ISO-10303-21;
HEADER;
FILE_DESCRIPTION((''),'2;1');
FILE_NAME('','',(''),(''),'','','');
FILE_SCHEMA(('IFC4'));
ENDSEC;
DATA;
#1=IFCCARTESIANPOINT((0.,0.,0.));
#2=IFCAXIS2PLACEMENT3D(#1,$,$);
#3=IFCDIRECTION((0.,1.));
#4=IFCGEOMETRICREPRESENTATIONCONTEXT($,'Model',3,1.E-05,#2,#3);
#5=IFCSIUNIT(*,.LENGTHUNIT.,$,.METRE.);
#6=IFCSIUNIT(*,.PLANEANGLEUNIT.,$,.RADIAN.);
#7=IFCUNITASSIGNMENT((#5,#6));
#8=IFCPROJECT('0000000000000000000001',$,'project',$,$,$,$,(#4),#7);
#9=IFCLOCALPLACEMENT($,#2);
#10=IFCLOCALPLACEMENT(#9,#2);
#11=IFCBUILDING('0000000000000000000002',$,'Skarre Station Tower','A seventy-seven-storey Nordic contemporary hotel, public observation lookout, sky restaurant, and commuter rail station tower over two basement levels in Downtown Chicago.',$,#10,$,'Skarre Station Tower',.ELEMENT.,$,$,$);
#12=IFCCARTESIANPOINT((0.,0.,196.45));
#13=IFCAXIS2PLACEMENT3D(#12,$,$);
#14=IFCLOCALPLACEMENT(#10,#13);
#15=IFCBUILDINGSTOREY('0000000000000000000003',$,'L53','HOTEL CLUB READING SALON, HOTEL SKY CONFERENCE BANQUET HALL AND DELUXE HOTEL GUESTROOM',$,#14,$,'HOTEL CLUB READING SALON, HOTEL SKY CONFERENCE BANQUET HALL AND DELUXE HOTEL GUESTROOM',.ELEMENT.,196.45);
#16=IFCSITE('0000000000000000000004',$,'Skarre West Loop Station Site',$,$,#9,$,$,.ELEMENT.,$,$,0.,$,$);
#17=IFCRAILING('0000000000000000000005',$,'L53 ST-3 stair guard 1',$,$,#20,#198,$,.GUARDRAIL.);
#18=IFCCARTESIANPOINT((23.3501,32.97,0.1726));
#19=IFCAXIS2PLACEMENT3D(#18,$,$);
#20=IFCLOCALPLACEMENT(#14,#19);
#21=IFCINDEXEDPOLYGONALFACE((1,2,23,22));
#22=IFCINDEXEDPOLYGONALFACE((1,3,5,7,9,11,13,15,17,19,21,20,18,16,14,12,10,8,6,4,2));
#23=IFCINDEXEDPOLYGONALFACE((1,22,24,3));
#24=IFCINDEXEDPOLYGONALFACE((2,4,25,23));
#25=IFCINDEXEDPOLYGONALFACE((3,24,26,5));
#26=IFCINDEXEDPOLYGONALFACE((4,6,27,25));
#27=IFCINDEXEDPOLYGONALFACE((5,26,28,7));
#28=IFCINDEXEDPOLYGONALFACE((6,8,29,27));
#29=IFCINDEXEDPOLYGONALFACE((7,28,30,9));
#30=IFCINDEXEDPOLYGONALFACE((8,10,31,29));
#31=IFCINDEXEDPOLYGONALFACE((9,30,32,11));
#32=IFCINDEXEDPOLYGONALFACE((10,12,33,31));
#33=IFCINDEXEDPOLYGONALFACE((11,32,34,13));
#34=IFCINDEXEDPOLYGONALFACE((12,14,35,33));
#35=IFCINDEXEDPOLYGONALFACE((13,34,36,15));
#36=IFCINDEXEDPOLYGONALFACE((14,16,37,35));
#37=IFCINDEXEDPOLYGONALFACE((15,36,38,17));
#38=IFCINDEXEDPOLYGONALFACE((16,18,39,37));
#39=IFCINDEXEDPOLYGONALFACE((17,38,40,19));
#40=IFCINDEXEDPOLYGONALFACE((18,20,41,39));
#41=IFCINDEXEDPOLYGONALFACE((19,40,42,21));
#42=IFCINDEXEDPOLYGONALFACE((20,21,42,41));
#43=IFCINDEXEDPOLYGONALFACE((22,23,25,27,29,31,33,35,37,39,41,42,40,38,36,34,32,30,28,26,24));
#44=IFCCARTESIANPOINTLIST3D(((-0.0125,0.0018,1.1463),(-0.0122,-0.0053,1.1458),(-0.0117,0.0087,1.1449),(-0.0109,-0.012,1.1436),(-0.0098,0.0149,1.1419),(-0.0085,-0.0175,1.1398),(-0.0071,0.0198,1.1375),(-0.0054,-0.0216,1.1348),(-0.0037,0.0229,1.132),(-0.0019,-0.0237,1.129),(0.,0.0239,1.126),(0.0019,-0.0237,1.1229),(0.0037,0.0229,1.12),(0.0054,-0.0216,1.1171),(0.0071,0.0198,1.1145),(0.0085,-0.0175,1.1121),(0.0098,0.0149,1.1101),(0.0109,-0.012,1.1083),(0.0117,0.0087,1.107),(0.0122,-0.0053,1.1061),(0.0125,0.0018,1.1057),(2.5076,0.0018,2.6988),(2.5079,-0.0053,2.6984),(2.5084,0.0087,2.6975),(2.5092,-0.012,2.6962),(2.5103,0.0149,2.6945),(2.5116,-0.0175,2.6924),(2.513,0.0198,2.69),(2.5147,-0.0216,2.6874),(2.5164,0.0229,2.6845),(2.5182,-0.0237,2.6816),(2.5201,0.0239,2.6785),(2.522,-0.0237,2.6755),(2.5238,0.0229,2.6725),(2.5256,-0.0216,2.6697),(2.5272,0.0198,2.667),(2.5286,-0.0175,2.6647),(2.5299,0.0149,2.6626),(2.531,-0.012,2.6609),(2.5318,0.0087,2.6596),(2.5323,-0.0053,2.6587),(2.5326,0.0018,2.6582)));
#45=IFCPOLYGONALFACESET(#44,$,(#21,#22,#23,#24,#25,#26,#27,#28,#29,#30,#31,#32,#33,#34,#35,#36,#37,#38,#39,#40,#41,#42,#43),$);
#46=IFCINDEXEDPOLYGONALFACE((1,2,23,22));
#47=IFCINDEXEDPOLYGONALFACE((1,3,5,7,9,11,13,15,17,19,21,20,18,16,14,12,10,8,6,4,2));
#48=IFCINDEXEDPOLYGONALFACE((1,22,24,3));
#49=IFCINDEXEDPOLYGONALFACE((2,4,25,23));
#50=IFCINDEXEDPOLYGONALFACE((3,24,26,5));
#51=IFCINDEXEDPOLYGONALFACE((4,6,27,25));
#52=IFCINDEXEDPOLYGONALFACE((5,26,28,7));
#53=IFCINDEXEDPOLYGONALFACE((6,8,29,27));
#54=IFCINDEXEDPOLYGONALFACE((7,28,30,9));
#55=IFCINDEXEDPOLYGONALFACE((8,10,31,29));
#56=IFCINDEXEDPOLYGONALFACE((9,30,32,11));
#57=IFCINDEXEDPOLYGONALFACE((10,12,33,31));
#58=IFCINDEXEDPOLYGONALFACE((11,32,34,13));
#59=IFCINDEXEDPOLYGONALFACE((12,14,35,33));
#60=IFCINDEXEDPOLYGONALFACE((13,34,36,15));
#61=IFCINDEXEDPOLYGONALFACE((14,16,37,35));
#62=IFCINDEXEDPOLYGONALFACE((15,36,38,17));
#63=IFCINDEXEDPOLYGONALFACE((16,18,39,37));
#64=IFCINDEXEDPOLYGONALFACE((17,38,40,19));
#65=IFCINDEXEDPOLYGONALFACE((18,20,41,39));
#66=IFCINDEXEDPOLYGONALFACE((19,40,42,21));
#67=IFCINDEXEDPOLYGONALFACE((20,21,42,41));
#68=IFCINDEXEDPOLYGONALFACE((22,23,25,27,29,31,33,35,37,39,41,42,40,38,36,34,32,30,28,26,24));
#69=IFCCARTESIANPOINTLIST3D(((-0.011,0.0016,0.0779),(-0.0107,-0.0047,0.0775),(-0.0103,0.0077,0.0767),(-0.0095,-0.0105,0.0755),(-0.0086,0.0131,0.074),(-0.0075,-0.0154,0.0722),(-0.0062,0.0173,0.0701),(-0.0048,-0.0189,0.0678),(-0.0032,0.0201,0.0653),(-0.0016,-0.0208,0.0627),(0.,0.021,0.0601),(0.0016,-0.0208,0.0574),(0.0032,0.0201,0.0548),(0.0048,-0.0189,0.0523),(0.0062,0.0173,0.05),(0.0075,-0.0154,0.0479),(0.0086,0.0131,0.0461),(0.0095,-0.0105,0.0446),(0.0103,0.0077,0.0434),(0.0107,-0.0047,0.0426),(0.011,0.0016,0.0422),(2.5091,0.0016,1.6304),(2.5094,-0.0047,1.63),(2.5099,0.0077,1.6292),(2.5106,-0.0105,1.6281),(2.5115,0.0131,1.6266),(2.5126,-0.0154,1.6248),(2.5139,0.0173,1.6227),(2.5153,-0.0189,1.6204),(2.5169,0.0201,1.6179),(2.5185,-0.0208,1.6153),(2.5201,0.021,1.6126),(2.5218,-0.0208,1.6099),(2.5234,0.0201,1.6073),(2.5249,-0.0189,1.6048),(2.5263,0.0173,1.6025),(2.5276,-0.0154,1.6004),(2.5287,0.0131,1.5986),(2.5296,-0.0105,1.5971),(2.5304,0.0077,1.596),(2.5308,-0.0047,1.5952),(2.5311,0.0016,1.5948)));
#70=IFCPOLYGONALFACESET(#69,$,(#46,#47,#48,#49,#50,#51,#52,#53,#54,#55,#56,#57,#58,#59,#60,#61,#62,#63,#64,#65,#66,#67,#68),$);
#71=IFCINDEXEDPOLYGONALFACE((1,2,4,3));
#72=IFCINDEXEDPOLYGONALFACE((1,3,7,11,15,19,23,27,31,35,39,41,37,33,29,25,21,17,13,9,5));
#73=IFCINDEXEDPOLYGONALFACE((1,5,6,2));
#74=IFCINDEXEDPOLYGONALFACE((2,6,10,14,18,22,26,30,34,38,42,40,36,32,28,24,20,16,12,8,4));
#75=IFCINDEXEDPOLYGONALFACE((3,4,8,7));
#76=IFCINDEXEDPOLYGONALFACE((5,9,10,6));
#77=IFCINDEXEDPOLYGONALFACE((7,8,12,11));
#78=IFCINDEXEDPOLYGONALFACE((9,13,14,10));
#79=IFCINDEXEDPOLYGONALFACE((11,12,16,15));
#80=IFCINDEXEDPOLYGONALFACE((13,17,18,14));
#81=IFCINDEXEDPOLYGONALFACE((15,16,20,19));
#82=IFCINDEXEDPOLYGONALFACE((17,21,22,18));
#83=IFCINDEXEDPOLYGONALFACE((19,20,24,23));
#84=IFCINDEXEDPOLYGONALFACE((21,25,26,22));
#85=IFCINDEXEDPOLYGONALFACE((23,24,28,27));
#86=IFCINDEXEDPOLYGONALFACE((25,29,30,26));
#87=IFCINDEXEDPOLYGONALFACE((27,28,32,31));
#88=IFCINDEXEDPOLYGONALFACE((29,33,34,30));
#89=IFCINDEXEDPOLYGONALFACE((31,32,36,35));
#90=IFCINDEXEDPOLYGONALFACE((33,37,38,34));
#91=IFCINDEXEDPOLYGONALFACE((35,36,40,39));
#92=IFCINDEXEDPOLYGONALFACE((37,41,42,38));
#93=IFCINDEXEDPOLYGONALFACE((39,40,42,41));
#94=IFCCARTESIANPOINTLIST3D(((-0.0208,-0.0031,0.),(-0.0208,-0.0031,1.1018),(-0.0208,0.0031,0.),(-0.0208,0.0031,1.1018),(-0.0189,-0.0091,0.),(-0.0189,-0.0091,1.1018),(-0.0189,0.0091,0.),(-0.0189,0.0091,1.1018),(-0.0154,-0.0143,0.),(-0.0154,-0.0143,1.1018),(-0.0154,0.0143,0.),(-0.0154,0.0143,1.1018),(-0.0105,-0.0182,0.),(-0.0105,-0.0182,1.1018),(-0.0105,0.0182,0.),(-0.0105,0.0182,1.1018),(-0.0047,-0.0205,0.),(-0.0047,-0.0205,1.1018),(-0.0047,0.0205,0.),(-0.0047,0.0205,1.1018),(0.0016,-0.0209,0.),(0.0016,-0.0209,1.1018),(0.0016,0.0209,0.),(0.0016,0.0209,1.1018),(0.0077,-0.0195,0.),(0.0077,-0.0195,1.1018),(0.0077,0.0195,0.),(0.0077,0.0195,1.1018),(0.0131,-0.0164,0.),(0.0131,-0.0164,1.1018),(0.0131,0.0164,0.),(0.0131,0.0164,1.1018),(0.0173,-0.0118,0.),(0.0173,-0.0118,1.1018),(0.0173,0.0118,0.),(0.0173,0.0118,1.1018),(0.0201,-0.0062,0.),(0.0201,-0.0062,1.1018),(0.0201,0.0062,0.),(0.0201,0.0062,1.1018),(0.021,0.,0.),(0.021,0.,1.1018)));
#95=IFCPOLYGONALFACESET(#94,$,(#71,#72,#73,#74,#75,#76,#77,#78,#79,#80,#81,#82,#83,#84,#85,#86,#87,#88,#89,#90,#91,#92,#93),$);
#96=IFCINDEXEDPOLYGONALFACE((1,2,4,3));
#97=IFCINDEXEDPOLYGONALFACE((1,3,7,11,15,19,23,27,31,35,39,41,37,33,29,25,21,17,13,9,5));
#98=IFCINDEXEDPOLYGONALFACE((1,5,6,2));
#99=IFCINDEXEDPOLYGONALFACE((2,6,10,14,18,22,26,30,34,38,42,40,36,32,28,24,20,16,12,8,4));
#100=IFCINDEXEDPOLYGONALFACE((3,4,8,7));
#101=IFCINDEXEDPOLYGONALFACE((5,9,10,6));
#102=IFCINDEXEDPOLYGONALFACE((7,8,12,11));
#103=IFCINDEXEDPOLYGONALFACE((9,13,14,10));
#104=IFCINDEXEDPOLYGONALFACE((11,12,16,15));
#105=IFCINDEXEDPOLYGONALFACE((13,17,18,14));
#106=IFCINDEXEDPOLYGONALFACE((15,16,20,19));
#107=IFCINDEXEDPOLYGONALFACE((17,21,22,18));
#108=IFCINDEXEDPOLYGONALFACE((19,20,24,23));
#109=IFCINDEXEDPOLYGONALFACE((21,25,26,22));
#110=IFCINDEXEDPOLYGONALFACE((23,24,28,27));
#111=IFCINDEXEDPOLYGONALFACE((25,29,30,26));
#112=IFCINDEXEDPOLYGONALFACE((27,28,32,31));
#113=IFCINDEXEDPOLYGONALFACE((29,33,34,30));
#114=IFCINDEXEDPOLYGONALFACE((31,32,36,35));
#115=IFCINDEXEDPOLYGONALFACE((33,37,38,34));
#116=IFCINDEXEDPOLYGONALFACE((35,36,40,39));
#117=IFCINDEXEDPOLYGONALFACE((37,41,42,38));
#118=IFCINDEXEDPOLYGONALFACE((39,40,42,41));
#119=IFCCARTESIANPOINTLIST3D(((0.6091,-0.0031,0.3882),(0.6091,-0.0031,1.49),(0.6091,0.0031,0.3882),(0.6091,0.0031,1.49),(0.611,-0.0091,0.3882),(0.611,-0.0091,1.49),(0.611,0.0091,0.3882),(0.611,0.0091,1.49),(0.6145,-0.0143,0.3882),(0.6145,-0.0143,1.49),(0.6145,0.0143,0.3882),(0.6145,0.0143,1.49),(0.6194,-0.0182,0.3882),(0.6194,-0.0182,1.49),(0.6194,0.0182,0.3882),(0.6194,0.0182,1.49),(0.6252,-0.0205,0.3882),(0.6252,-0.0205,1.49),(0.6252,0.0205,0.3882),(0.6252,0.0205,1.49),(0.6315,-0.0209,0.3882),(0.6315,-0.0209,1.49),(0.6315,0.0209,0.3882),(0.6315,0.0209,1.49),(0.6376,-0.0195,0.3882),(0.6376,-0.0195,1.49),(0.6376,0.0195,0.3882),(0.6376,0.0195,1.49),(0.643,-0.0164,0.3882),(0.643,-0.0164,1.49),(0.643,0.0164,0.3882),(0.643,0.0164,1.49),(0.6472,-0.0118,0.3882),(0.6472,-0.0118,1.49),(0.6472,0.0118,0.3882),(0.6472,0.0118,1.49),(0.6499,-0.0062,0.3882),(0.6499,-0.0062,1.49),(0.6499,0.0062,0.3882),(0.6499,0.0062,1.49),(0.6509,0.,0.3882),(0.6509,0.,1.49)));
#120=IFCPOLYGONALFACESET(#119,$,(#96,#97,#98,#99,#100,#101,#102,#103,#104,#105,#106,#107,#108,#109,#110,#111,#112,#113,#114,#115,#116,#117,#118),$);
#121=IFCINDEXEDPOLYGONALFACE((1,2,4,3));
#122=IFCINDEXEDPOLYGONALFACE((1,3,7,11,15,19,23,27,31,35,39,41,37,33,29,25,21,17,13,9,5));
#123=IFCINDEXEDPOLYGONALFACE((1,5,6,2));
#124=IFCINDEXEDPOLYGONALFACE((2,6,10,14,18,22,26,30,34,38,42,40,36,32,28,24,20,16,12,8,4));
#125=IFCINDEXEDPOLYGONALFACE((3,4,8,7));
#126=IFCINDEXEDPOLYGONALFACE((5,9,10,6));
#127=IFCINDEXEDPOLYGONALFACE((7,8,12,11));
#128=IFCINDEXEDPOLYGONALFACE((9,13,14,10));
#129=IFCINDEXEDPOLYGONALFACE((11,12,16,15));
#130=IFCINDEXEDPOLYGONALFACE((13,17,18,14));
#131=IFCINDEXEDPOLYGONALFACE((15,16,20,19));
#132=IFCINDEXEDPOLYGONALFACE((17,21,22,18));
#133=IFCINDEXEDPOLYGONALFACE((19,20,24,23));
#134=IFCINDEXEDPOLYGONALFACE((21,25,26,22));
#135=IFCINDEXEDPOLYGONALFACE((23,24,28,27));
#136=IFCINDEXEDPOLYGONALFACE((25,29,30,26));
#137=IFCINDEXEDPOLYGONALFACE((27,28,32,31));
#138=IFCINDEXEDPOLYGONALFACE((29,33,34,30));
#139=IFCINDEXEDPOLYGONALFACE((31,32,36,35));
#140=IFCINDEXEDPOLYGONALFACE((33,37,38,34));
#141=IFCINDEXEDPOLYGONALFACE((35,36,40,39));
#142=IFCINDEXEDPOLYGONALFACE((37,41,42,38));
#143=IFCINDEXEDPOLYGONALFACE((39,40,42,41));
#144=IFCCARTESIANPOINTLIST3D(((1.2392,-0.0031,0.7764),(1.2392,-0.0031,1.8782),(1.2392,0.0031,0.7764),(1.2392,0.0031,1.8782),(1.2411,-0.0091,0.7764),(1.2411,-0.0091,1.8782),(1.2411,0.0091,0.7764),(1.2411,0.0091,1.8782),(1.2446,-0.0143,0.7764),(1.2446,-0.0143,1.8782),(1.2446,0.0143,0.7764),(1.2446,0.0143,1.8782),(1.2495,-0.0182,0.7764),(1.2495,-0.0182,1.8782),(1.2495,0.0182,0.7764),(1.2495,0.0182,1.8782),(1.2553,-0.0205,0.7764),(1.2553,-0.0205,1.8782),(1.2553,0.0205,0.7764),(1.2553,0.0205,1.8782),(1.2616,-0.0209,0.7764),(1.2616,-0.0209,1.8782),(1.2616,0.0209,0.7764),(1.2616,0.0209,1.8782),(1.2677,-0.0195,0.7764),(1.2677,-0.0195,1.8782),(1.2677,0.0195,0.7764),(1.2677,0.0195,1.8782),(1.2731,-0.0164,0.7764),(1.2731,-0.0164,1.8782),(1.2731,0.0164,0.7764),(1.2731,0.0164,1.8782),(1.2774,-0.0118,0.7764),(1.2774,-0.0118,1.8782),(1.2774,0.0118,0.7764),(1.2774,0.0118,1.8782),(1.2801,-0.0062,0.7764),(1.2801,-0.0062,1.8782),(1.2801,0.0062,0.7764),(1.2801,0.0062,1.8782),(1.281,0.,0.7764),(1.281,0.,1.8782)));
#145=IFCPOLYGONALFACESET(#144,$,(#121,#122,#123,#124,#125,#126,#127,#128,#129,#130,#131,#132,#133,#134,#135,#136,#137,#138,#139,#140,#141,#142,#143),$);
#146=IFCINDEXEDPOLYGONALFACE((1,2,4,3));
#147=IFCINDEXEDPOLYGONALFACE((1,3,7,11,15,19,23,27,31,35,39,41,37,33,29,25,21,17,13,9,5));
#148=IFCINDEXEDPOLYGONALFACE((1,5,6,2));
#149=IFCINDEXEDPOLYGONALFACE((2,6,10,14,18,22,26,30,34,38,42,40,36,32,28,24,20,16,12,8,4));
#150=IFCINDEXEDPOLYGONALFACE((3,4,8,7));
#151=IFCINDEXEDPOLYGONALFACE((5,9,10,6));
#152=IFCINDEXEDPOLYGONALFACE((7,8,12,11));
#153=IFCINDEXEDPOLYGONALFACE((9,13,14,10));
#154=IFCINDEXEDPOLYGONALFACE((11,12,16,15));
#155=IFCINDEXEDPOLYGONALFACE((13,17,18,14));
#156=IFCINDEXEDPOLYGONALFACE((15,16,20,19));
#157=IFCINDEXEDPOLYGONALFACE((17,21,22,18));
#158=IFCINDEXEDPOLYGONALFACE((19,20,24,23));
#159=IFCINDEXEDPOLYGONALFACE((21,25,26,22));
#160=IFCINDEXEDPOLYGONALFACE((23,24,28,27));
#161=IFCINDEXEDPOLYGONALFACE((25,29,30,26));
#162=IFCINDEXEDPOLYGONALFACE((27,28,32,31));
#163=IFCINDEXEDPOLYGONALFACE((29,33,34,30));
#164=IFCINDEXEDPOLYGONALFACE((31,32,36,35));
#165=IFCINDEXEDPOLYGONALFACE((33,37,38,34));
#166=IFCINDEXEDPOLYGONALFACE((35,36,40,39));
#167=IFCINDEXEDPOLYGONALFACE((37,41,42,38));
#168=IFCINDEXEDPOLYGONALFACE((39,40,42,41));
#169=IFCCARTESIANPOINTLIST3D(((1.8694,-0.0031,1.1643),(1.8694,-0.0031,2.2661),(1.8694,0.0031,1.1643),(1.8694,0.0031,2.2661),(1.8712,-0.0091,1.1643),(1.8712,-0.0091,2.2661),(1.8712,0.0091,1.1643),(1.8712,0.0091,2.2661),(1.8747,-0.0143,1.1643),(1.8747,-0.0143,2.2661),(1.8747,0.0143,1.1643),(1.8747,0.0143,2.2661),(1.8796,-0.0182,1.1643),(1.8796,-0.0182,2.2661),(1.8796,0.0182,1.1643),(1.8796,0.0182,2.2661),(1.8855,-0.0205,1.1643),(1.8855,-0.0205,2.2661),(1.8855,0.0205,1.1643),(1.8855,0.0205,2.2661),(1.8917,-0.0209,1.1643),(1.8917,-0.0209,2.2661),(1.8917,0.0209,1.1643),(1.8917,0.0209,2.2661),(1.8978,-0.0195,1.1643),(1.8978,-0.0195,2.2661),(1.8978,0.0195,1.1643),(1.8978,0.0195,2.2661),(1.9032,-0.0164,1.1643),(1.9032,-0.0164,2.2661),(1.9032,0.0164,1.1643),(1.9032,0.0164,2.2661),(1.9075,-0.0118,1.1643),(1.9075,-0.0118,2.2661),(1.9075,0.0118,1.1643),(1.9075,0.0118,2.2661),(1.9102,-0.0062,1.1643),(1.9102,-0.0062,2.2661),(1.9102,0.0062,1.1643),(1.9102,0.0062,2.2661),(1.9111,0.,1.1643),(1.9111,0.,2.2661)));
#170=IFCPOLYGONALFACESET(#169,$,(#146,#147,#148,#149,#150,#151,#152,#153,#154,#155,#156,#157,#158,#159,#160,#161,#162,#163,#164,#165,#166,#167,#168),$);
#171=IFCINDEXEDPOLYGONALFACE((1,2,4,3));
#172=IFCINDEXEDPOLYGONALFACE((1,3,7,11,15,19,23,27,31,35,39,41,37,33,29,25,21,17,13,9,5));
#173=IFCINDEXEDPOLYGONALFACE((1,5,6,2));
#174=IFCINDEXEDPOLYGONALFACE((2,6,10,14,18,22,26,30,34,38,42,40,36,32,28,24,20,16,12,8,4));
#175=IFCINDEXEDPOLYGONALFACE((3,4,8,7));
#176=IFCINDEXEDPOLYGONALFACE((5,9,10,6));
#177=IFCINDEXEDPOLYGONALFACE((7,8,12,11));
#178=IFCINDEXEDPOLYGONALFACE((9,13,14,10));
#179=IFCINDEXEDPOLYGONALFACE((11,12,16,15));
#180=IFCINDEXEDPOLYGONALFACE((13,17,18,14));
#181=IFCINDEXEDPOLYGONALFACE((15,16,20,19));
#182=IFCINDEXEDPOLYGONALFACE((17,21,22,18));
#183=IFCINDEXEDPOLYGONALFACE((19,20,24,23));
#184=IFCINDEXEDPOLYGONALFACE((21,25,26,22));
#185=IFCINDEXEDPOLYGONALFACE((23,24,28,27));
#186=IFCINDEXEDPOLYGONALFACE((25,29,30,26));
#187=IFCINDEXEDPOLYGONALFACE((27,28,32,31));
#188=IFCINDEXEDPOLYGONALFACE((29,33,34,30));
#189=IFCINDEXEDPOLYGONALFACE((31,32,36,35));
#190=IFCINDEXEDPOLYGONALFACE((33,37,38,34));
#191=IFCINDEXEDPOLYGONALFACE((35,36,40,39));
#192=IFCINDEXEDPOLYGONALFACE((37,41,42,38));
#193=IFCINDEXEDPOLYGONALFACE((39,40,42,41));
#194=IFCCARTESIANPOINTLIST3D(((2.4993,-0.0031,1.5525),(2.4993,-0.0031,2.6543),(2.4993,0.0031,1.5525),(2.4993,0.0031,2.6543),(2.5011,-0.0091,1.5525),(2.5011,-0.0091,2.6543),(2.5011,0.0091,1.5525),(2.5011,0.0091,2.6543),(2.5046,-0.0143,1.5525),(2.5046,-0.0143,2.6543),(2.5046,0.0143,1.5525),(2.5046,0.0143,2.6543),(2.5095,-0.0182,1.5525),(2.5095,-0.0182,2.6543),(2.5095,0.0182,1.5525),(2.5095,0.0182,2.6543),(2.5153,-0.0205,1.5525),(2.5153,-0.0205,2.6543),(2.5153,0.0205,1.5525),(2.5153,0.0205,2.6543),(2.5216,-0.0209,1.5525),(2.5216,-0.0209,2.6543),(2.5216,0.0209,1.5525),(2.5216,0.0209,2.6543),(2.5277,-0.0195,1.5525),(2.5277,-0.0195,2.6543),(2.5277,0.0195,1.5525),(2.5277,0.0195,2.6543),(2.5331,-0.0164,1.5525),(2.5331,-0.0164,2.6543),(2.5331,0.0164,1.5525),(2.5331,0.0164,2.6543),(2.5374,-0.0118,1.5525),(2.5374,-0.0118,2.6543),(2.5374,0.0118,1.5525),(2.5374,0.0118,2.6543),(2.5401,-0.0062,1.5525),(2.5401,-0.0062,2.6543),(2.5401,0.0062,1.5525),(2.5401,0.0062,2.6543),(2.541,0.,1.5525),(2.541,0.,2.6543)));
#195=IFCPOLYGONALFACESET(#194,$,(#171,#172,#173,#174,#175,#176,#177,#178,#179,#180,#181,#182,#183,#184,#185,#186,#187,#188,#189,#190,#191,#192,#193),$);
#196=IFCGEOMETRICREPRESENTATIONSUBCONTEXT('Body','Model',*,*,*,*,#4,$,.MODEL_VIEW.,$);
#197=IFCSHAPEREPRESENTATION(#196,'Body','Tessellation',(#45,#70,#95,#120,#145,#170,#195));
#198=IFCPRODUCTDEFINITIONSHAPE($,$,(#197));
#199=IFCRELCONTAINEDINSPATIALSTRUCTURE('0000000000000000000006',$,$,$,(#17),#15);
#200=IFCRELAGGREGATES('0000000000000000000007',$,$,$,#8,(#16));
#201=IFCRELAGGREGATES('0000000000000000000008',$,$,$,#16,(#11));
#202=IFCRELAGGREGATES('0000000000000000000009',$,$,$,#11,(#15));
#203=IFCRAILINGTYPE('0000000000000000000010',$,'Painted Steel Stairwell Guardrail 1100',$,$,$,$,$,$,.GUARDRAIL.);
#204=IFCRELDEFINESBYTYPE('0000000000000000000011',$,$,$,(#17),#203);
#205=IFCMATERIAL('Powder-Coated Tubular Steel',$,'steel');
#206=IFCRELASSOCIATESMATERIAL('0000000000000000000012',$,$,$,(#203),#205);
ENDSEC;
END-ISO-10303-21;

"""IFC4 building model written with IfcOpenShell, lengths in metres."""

from ifc_helpers import new_model, si_unit, direction, frame, origin, origin_2d, place, context, subcontext, project, spatial, circle, extrude, material, type_object, element, save


model = new_model("IFC4")

# Units and contexts
model_context = context("Model", 3, precision=1e-05, world=origin(), true_north=direction((0.0, 1.0)))
body_context = subcontext(model_context, "Body", "Model", "MODEL_VIEW")
ifc_project = project(units=[si_unit("LENGTHUNIT", "METRE"), si_unit("PLANEANGLEUNIT", "RADIAN")], contexts=[model_context])

# Site, building, storey
site_placement = place(None, origin())
site = spatial("IfcSite", under=ifc_project, at=site_placement, Name="Skarre West Loop Station Site", CompositionType="ELEMENT", RefElevation=0.0)
building_placement = place(site_placement, origin())
building = spatial("IfcBuilding", under=site, at=building_placement, Name="Skarre Station Tower", Description="A seventy-seven-storey Nordic contemporary hotel, public observation lookout, sky restaurant, and commuter rail station tower over two basement levels in Downtown Chicago.", LongName="Skarre Station Tower", CompositionType="ELEMENT")
storey_placement = place(building_placement, frame((0.0, 0.0, 196.45)))
storey = spatial("IfcBuildingStorey", under=building, at=storey_placement, Name="L53", Description="HOTEL CLUB READING SALON, HOTEL SKY CONFERENCE BANQUET HALL AND DELUXE HOTEL GUESTROOM", LongName="HOTEL CLUB READING SALON, HOTEL SKY CONFERENCE BANQUET HALL AND DELUXE HOTEL GUESTROOM", CompositionType="ELEMENT", Elevation=196.45)

# Railing
ifc_material_1 = material(Name="Powder-Coated Tubular Steel", Category="steel")
railing_type_1 = type_object("IfcRailingType", Name="Painted Steel Stairwell Guardrail 1100", PredefinedType="GUARDRAIL", material=ifc_material_1)
railing_1_placement = place(storey_placement, frame((23.3501, 32.97, 0.1726)))
element("IfcRailing", 1, at=railing_1_placement, inside=storey, type_object=railing_type_1, Name="L53 ST-3 stair guard 1", PredefinedType="GUARDRAIL", context=body_context, shape_type="SweptSolid", body=[
    extrude(circle(Radius=0.0239, at=origin_2d()), frame((0.0, 0.0, 1.126), z_axis=(0.8514, 0.0, 0.524516), x_axis=(0.0, 1.0, 0.0)), (0.0, 0.0, 1.0), 2.96),
    extrude(circle(Radius=0.021, at=origin_2d()), frame((0.0, 0.0, 0.0601), z_axis=(0.8514, 0.0, 0.524516), x_axis=(0.0, 1.0, 0.0)), (0.0, 0.0, 1.0), 2.96),
    extrude(circle(Radius=0.021, at=origin_2d()), origin(), (0.0, 0.0, 1.0), 1.1018),
    extrude(circle(Radius=0.021, at=origin_2d()), frame((0.6299, 0.0, 0.3882)), (0.0, 0.0, 1.0), 1.1018),
    extrude(circle(Radius=0.021, at=origin_2d()), frame((1.26, 0.0, 0.7764)), (0.0, 0.0, 1.0), 1.1018),
    extrude(circle(Radius=0.021, at=origin_2d()), frame((1.8901, 0.0, 1.1643)), (0.0, 0.0, 1.0), 1.1018),
    extrude(circle(Radius=0.021, at=origin_2d()), frame((2.52, 0.0, 1.5525)), (0.0, 0.0, 1.0), 1.1018),
])

save(model, "model.ifc")
